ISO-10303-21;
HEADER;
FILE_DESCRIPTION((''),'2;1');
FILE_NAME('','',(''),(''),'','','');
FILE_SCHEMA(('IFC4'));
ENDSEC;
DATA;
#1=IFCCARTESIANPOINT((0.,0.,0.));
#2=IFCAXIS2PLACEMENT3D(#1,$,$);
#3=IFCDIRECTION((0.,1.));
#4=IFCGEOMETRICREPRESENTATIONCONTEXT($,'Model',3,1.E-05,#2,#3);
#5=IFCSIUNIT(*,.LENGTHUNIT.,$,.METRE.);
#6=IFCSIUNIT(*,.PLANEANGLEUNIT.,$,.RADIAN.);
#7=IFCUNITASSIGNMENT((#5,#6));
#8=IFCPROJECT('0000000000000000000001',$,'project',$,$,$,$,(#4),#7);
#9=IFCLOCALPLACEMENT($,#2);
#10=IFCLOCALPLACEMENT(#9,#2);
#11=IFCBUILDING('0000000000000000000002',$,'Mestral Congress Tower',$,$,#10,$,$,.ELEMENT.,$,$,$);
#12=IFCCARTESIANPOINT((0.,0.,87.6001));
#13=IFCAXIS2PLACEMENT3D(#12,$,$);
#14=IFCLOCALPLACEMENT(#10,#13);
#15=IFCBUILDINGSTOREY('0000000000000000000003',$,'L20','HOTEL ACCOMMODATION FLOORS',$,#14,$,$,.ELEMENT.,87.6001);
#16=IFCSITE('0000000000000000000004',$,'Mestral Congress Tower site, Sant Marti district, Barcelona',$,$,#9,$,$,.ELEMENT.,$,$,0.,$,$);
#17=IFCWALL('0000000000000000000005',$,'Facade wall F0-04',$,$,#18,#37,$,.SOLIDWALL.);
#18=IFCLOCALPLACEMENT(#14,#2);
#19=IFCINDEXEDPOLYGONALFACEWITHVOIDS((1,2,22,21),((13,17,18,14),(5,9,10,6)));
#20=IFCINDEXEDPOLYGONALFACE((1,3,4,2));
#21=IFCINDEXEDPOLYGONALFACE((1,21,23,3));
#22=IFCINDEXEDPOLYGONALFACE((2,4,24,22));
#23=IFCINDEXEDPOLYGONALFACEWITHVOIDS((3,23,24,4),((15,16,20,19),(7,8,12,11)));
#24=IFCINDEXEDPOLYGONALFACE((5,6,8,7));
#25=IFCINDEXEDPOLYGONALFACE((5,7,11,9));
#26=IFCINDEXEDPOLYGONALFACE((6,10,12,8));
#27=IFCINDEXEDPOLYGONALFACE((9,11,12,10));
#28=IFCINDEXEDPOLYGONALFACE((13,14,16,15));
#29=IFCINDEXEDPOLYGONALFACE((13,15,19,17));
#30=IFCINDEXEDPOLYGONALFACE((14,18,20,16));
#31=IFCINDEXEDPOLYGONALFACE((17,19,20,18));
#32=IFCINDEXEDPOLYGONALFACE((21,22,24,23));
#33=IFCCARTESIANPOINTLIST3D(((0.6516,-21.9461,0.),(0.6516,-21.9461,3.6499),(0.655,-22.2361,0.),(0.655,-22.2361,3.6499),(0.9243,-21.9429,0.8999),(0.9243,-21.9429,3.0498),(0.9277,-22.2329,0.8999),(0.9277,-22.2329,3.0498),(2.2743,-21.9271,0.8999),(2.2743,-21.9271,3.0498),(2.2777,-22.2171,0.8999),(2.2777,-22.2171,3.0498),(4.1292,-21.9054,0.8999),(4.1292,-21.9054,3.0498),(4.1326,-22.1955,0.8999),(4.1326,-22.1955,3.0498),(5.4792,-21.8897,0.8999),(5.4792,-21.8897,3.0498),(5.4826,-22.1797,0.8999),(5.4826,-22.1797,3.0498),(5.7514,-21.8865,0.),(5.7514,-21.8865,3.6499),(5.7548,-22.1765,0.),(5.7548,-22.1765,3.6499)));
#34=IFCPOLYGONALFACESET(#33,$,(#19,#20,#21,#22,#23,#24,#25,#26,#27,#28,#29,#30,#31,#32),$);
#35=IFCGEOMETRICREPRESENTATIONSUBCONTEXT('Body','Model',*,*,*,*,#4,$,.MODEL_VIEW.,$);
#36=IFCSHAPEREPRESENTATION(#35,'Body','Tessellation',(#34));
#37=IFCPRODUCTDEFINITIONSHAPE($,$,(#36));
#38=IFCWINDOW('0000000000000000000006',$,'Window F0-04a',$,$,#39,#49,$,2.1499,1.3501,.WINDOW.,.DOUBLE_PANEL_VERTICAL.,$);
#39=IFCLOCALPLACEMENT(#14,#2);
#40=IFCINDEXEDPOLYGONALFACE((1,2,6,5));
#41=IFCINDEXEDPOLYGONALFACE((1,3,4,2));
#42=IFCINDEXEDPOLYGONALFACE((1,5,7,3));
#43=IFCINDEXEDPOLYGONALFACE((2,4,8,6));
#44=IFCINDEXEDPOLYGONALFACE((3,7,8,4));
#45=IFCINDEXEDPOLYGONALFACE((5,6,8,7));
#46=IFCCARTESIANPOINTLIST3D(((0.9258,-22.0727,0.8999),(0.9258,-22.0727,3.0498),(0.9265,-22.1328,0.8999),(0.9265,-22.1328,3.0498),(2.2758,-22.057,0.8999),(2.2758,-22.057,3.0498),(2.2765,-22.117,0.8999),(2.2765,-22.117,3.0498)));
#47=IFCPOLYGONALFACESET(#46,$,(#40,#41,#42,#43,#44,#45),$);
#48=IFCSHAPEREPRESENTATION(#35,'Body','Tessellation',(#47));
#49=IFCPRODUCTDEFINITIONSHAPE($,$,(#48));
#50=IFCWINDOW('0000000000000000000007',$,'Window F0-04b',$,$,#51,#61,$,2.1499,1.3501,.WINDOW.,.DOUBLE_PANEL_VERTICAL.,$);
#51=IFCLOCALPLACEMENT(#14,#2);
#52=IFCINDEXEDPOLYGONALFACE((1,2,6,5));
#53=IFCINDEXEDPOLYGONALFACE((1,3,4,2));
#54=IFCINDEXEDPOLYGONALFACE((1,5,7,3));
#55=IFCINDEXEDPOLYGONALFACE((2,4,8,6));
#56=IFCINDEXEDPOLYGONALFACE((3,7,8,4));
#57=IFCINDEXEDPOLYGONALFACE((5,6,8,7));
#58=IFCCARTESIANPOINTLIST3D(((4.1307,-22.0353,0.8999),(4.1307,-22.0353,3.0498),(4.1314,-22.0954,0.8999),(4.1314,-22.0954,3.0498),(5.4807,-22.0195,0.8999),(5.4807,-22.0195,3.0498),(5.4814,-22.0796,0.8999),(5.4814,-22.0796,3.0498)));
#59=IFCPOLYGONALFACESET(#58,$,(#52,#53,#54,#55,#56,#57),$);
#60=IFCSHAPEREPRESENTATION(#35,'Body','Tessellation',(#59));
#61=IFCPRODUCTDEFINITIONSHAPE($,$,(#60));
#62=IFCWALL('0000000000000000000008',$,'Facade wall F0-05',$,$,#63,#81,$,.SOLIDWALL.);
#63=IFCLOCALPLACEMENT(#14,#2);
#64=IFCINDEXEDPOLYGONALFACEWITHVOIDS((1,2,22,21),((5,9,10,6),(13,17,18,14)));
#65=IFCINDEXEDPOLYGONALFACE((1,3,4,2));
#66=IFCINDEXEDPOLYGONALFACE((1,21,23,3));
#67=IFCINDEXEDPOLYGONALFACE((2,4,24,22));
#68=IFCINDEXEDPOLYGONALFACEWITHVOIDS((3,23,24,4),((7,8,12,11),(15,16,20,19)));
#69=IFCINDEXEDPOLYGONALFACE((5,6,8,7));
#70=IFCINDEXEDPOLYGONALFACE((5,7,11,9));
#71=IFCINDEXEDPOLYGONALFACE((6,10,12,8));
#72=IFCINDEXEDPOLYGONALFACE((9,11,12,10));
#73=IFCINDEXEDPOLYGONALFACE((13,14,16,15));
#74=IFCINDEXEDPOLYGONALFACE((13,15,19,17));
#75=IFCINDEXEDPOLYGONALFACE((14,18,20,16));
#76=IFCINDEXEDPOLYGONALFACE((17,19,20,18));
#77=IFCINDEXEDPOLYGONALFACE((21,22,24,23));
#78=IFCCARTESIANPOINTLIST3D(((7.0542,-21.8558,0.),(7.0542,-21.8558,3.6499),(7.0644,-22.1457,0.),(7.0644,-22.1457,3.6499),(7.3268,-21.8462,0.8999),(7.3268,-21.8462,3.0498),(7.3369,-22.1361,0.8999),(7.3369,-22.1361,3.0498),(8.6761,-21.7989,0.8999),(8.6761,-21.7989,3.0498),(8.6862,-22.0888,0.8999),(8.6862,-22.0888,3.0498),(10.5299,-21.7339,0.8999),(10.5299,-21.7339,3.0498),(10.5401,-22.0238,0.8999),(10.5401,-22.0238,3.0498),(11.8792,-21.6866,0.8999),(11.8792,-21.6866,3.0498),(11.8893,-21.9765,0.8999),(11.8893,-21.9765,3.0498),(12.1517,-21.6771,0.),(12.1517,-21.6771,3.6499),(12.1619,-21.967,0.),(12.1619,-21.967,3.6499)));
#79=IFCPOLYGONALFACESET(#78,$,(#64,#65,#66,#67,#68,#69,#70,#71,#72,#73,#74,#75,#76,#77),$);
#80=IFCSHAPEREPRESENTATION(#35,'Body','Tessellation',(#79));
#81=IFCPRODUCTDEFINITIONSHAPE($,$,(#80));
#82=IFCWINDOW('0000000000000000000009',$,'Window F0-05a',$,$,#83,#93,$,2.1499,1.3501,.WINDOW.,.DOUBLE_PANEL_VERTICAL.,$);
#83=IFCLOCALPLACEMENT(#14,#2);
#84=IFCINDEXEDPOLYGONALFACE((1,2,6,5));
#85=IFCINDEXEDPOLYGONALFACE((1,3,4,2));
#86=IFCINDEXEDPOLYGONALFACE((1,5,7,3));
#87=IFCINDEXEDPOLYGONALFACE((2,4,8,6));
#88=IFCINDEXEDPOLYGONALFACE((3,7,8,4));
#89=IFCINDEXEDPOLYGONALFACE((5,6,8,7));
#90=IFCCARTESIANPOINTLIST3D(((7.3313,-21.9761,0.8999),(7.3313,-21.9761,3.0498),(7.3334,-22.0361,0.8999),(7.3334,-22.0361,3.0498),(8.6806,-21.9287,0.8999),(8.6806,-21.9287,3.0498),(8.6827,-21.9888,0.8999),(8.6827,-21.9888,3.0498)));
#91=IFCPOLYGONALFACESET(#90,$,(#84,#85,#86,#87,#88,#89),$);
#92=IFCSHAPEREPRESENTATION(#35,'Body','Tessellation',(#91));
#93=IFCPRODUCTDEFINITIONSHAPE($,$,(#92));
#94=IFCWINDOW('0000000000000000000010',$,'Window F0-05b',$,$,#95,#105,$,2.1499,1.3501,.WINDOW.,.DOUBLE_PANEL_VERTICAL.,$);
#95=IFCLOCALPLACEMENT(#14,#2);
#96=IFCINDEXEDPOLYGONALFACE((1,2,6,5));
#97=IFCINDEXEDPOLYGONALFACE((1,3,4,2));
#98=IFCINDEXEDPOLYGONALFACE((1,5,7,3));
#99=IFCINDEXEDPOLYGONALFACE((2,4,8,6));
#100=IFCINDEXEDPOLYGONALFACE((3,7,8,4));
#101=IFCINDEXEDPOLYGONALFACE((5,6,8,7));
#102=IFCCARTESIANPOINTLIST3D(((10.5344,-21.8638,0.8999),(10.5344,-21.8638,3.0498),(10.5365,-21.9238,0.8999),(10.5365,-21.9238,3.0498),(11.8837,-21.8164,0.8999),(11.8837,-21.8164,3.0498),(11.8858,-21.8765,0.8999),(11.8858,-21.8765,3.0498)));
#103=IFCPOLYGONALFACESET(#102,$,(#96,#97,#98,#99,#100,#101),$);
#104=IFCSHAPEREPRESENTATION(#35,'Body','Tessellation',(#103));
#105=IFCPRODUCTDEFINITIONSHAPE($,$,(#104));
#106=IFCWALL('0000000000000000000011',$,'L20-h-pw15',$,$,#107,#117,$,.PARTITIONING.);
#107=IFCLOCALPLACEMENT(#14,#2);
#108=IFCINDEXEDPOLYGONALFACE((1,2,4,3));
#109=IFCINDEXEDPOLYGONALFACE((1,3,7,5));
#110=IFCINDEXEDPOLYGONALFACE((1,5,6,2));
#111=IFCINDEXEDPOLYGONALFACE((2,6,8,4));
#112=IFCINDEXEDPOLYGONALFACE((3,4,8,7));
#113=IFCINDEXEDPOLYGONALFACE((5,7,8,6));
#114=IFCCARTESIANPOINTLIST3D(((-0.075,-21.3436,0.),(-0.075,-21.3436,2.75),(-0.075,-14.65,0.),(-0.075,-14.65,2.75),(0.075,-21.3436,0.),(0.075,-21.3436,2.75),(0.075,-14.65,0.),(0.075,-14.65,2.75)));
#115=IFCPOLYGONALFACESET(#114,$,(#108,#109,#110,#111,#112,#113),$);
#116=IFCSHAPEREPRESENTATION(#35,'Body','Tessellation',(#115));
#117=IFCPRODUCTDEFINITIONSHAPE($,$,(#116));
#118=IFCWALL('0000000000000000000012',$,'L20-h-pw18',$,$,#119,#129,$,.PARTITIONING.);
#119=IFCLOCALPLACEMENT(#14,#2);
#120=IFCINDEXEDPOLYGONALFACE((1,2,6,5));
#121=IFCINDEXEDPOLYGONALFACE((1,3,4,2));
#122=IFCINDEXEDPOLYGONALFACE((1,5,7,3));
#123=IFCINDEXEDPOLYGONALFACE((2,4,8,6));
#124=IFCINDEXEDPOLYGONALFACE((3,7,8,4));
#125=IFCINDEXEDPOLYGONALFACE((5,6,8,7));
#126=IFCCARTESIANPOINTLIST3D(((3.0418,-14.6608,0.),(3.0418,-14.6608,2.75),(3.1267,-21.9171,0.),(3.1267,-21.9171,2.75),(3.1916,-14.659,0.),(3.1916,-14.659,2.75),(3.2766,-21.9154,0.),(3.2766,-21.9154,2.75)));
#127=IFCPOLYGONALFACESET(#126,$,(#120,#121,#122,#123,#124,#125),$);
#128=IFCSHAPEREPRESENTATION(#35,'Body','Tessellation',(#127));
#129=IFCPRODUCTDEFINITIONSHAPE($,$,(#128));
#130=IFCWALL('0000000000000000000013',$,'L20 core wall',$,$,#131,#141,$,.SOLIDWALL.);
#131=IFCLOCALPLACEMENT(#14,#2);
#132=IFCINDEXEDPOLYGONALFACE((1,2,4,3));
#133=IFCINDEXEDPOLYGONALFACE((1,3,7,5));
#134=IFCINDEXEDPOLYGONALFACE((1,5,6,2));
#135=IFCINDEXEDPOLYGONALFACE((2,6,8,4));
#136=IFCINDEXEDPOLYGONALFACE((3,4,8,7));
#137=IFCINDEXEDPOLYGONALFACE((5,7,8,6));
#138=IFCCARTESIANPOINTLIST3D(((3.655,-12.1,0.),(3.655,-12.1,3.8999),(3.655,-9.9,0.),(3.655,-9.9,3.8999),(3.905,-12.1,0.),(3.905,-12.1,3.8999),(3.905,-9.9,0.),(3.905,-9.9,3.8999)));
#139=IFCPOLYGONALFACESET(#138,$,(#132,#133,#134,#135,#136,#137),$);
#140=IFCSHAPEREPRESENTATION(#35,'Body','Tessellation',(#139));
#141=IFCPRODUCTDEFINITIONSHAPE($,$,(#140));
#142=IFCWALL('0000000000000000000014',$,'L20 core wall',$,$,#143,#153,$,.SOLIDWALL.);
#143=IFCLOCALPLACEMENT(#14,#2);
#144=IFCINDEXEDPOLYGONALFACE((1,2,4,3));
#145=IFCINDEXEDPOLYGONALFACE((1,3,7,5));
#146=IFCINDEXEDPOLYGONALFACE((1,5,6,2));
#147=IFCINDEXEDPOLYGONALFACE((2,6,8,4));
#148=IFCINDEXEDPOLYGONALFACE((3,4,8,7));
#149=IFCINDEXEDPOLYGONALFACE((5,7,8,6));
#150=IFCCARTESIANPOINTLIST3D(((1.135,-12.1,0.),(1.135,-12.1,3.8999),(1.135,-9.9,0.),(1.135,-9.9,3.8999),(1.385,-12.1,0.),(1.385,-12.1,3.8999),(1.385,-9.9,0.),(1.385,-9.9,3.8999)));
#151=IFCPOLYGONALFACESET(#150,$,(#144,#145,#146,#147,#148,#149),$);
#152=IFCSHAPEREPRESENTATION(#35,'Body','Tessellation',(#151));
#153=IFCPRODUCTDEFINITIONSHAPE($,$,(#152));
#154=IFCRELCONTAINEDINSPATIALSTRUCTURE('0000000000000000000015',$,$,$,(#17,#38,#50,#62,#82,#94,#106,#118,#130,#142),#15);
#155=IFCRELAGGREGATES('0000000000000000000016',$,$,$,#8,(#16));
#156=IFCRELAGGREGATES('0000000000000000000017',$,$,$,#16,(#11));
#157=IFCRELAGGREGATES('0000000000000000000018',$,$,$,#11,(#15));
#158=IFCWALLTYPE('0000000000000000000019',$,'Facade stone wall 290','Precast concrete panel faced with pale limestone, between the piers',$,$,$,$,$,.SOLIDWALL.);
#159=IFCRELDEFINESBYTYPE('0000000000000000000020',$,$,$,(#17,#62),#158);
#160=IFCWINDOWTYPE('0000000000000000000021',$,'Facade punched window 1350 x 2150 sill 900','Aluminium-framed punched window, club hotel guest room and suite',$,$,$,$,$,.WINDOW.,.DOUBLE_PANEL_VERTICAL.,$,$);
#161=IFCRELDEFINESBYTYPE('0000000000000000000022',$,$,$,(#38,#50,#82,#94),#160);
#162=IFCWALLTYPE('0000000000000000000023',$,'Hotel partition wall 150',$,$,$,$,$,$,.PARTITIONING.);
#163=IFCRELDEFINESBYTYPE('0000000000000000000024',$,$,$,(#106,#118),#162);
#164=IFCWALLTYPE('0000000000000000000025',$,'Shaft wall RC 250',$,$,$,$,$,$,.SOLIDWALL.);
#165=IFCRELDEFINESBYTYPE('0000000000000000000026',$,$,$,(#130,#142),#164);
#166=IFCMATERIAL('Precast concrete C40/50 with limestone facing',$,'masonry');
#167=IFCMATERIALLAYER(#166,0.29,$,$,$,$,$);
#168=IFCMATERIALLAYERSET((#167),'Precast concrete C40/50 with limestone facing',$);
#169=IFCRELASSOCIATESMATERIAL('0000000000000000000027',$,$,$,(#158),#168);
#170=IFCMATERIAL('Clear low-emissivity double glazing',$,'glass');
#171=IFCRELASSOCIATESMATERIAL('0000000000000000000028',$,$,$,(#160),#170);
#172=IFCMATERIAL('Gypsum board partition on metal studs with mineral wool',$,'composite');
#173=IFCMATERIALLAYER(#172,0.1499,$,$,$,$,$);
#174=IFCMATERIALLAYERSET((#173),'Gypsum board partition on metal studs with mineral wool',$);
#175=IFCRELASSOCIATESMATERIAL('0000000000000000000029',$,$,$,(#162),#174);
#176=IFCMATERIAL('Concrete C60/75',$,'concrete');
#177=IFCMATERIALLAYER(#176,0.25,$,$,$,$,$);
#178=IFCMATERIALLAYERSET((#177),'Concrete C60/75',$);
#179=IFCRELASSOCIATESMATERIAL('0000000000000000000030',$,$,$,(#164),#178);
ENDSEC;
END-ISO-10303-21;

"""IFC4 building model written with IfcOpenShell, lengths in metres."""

from ifc_helpers import new_model, si_unit, direction, frame, frame_2d, origin, place, context, subcontext, project, spatial, rectangle, extrude, material, layer, layer_set, type_object, element, fill, save


model = new_model("IFC4")

# Units and contexts
model_context = context("Model", 3, precision=1e-05, world=origin(), true_north=direction((0.0, 1.0)))
body_context = subcontext(model_context, "Body", "Model", "MODEL_VIEW")
ifc_project = project(units=[si_unit("LENGTHUNIT", "METRE"), si_unit("PLANEANGLEUNIT", "RADIAN")], contexts=[model_context])

# Site, building, storey
site_placement = place(None, origin())
site = spatial("IfcSite", under=ifc_project, at=site_placement, Name="Mestral Congress Tower site, Sant Marti district, Barcelona", CompositionType="ELEMENT", RefElevation=0.0)
building_placement = place(site_placement, origin())
building = spatial("IfcBuilding", under=site, at=building_placement, Name="Mestral Congress Tower", CompositionType="ELEMENT")
storey_placement = place(building_placement, frame((0.0, 0.0, 87.6001)))
storey = spatial("IfcBuildingStorey", under=building, at=storey_placement, Name="L20", Description="HOTEL ACCOMMODATION FLOORS", CompositionType="ELEMENT", Elevation=87.6001)

# Walls, openings, windows
ifc_material_1 = material(Name="Precast concrete C40/50 with limestone facing", Category="masonry")
ifc_layer_1 = layer(ifc_material_1, 0.29)
ifc_layer_set_1 = layer_set([ifc_layer_1], Name="Precast concrete C40/50 with limestone facing")
wall_type_1 = type_object("IfcWallType", Name="Facade stone wall 290", Description="Precast concrete panel faced with pale limestone, between the piers", PredefinedType="SOLIDWALL", material=ifc_layer_set_1)
wall_1_placement = place(storey_placement, frame((0.6533, -22.0911, 0.0), z_axis=(0.0, 0.0, 1.0), x_axis=(0.999932, 0.01168, 0.0)))
wall_1 = element("IfcWall", 1, at=wall_1_placement, inside=storey, type_object=wall_type_1, Name="Facade wall F0-04", PredefinedType="SOLIDWALL", context=body_context, shape_type="SweptSolid", body=[
    extrude(rectangle(XDim=5.1001, YDim=0.29, at=frame_2d((2.55, 0.0))), origin(), (0.0, 0.0, 1.0), 3.6499),
])
opening_1_placement = place(wall_1_placement, frame((0.2727, 0.0, 0.8999)))
opening_1 = element("IfcOpeningElement", 2, at=opening_1_placement, cuts=wall_1, PredefinedType="OPENING", context=body_context, shape_type="SweptSolid", body=[
    extrude(rectangle(XDim=1.3501, YDim=2.1499, at=frame_2d((0.675, 1.075))), frame((0.0, 0.155, 0.0), z_axis=(0.0, -1.0, 0.0), x_axis=(1.0, 0.0, 0.0)), (0.0, 0.0, 1.0), 0.3101),
])
opening_2_placement = place(wall_1_placement, frame((3.4778, 0.0, 0.8999)))
opening_2 = element("IfcOpeningElement", 3, at=opening_2_placement, cuts=wall_1, PredefinedType="OPENING", context=body_context, shape_type="SweptSolid", body=[
    extrude(rectangle(XDim=1.3501, YDim=2.1499, at=frame_2d((0.675, 1.075))), frame((0.0, 0.155, 0.0), z_axis=(0.0, -1.0, 0.0), x_axis=(1.0, 0.0, 0.0)), (0.0, 0.0, 1.0), 0.3101),
])
ifc_material_2 = material(Name="Clear low-emissivity double glazing", Category="glass")
window_type = type_object("IfcWindowType", Name="Facade punched window 1350 x 2150 sill 900", Description="Aluminium-framed punched window, club hotel guest room and suite", PartitioningType="DOUBLE_PANEL_VERTICAL", PredefinedType="WINDOW", material=ifc_material_2)
window_1_placement = place(opening_1_placement, origin())
window_1 = element("IfcWindow", 4, at=window_1_placement, inside=storey, type_object=window_type, Name="Window F0-04a", OverallHeight=2.1499, OverallWidth=1.3501, PartitioningType="DOUBLE_PANEL_VERTICAL", PredefinedType="WINDOW", context=body_context, shape_type="SweptSolid", body=[
    extrude(rectangle(XDim=1.3501, YDim=2.1499, at=frame_2d((0.675, 1.075))), frame((0.0, 0.0151, 0.0), z_axis=(0.0, -1.0, 0.0), x_axis=(1.0, 0.0, 0.0)), (0.0, 0.0, 1.0), 0.0601),
])
fill(opening_1, window_1)
window_2_placement = place(opening_2_placement, origin())
window_2 = element("IfcWindow", 5, at=window_2_placement, inside=storey, type_object=window_type, Name="Window F0-04b", OverallHeight=2.1499, OverallWidth=1.3501, PartitioningType="DOUBLE_PANEL_VERTICAL", PredefinedType="WINDOW", context=body_context, shape_type="SweptSolid", body=[
    extrude(rectangle(XDim=1.3501, YDim=2.1499, at=frame_2d((0.675, 1.075))), frame((0.0, 0.0151, 0.0), z_axis=(0.0, -1.0, 0.0), x_axis=(1.0, 0.0, 0.0)), (0.0, 0.0, 1.0), 0.0601),
])
fill(opening_2, window_2)
wall_2_placement = place(storey_placement, frame((7.0593, -22.0007, 0.0), z_axis=(0.0, 0.0, 1.0), x_axis=(0.999386, 0.035038, 0.0)))
wall_2 = element("IfcWall", 6, at=wall_2_placement, inside=storey, type_object=wall_type_1, Name="Facade wall F0-05", PredefinedType="SOLIDWALL", context=body_context, shape_type="SweptSolid", body=[
    extrude(rectangle(XDim=5.1006, YDim=0.29, at=frame_2d((2.5503, 0.0))), origin(), (0.0, 0.0, 1.0), 3.6499),
])
opening_3_placement = place(wall_2_placement, frame((0.2727, 0.0, 0.8999)))
opening_3 = element("IfcOpeningElement", 7, at=opening_3_placement, cuts=wall_2, PredefinedType="OPENING", context=body_context, shape_type="SweptSolid", body=[
    extrude(rectangle(XDim=1.3501, YDim=2.1499, at=frame_2d((0.675, 1.075))), frame((0.0, 0.155, 0.0), z_axis=(0.0, -1.0, 0.0), x_axis=(1.0, 0.0, 0.0)), (0.0, 0.0, 1.0), 0.3101),
])
opening_4_placement = place(wall_2_placement, frame((3.4778, 0.0, 0.8999)))
opening_4 = element("IfcOpeningElement", 8, at=opening_4_placement, cuts=wall_2, PredefinedType="OPENING", context=body_context, shape_type="SweptSolid", body=[
    extrude(rectangle(XDim=1.3501, YDim=2.1499, at=frame_2d((0.675, 1.075))), frame((0.0, 0.155, 0.0), z_axis=(0.0, -1.0, 0.0), x_axis=(1.0, 0.0, 0.0)), (0.0, 0.0, 1.0), 0.3101),
])
window_3_placement = place(opening_3_placement, origin())
window_3 = element("IfcWindow", 9, at=window_3_placement, inside=storey, type_object=window_type, Name="Window F0-05a", OverallHeight=2.1499, OverallWidth=1.3501, PartitioningType="DOUBLE_PANEL_VERTICAL", PredefinedType="WINDOW", context=body_context, shape_type="SweptSolid", body=[
    extrude(rectangle(XDim=1.3501, YDim=2.1499, at=frame_2d((0.675, 1.075))), frame((0.0, 0.0151, 0.0), z_axis=(0.0, -1.0, 0.0), x_axis=(1.0, 0.0, 0.0)), (0.0, 0.0, 1.0), 0.0601),
])
fill(opening_3, window_3)
window_4_placement = place(opening_4_placement, origin())
window_4 = element("IfcWindow", 10, at=window_4_placement, inside=storey, type_object=window_type, Name="Window F0-05b", OverallHeight=2.1499, OverallWidth=1.3501, PartitioningType="DOUBLE_PANEL_VERTICAL", PredefinedType="WINDOW", context=body_context, shape_type="SweptSolid", body=[
    extrude(rectangle(XDim=1.3501, YDim=2.1499, at=frame_2d((0.675, 1.075))), frame((0.0, 0.0151, 0.0), z_axis=(0.0, -1.0, 0.0), x_axis=(1.0, 0.0, 0.0)), (0.0, 0.0, 1.0), 0.0601),
])
fill(opening_4, window_4)

# Walls
ifc_material_3 = material(Name="Gypsum board partition on metal studs with mineral wool", Category="composite")
ifc_layer_2 = layer(ifc_material_3, 0.1499)
ifc_layer_set_2 = layer_set([ifc_layer_2], Name="Gypsum board partition on metal studs with mineral wool")
wall_type_2 = type_object("IfcWallType", Name="Hotel partition wall 150", PredefinedType="PARTITIONING", material=ifc_layer_set_2)
wall_3_placement = place(storey_placement, frame((0.0, -21.3435, 0.0), z_axis=(0.0, 0.0, 1.0), x_axis=(0.0, 1.0, 0.0)))
element("IfcWall", 11, at=wall_3_placement, inside=storey, type_object=wall_type_2, Name="L20-h-pw15", PredefinedType="PARTITIONING", context=body_context, shape_type="SweptSolid", body=[
    extrude(rectangle(XDim=6.6936, YDim=0.1499, at=frame_2d((3.3467, 0.0))), origin(), (0.0, 0.0, 1.0), 2.75),
])
wall_4_placement = place(storey_placement, frame((3.2017, -21.9163, 0.0), z_axis=(0.0, 0.0, 1.0), x_axis=(-0.011708, 0.999931, 0.0)))
element("IfcWall", 12, at=wall_4_placement, inside=storey, type_object=wall_type_2, Name="L20-h-pw18", PredefinedType="PARTITIONING", context=body_context, shape_type="SweptSolid", body=[
    extrude(rectangle(XDim=7.2568, YDim=0.1499, at=frame_2d((3.6284, 0.0))), origin(), (0.0, 0.0, 1.0), 2.75),
])
ifc_material_4 = material(Name="Concrete C60/75", Category="concrete")
ifc_layer_3 = layer(ifc_material_4, 0.25)
ifc_layer_set_3 = layer_set([ifc_layer_3], Name="Concrete C60/75")
wall_type_3 = type_object("IfcWallType", Name="Shaft wall RC 250", PredefinedType="SOLIDWALL", material=ifc_layer_set_3)
for number, where, z_axis, x_axis, name in (
    (13, (3.78, -12.1001, 0.0), (0.0, 0.0, 1.0), (0.0, 1.0, 0.0), "L20 core wall"),
    (14, (1.26, -12.1001, 0.0), (0.0, 0.0, 1.0), (0.0, 1.0, 0.0), "L20 core wall"),
):
    element("IfcWall", number, at=place(storey_placement, frame(where, z_axis=z_axis, x_axis=x_axis)), inside=storey, type_object=wall_type_3, Name=name, PredefinedType="SOLIDWALL", context=body_context, shape_type="SweptSolid", body=[
        extrude(rectangle(XDim=2.2, YDim=0.25, at=frame_2d((1.1001, 0.0))), origin(), (0.0, 0.0, 1.0), 3.8999),
    ])

save(model, "model.ifc")
